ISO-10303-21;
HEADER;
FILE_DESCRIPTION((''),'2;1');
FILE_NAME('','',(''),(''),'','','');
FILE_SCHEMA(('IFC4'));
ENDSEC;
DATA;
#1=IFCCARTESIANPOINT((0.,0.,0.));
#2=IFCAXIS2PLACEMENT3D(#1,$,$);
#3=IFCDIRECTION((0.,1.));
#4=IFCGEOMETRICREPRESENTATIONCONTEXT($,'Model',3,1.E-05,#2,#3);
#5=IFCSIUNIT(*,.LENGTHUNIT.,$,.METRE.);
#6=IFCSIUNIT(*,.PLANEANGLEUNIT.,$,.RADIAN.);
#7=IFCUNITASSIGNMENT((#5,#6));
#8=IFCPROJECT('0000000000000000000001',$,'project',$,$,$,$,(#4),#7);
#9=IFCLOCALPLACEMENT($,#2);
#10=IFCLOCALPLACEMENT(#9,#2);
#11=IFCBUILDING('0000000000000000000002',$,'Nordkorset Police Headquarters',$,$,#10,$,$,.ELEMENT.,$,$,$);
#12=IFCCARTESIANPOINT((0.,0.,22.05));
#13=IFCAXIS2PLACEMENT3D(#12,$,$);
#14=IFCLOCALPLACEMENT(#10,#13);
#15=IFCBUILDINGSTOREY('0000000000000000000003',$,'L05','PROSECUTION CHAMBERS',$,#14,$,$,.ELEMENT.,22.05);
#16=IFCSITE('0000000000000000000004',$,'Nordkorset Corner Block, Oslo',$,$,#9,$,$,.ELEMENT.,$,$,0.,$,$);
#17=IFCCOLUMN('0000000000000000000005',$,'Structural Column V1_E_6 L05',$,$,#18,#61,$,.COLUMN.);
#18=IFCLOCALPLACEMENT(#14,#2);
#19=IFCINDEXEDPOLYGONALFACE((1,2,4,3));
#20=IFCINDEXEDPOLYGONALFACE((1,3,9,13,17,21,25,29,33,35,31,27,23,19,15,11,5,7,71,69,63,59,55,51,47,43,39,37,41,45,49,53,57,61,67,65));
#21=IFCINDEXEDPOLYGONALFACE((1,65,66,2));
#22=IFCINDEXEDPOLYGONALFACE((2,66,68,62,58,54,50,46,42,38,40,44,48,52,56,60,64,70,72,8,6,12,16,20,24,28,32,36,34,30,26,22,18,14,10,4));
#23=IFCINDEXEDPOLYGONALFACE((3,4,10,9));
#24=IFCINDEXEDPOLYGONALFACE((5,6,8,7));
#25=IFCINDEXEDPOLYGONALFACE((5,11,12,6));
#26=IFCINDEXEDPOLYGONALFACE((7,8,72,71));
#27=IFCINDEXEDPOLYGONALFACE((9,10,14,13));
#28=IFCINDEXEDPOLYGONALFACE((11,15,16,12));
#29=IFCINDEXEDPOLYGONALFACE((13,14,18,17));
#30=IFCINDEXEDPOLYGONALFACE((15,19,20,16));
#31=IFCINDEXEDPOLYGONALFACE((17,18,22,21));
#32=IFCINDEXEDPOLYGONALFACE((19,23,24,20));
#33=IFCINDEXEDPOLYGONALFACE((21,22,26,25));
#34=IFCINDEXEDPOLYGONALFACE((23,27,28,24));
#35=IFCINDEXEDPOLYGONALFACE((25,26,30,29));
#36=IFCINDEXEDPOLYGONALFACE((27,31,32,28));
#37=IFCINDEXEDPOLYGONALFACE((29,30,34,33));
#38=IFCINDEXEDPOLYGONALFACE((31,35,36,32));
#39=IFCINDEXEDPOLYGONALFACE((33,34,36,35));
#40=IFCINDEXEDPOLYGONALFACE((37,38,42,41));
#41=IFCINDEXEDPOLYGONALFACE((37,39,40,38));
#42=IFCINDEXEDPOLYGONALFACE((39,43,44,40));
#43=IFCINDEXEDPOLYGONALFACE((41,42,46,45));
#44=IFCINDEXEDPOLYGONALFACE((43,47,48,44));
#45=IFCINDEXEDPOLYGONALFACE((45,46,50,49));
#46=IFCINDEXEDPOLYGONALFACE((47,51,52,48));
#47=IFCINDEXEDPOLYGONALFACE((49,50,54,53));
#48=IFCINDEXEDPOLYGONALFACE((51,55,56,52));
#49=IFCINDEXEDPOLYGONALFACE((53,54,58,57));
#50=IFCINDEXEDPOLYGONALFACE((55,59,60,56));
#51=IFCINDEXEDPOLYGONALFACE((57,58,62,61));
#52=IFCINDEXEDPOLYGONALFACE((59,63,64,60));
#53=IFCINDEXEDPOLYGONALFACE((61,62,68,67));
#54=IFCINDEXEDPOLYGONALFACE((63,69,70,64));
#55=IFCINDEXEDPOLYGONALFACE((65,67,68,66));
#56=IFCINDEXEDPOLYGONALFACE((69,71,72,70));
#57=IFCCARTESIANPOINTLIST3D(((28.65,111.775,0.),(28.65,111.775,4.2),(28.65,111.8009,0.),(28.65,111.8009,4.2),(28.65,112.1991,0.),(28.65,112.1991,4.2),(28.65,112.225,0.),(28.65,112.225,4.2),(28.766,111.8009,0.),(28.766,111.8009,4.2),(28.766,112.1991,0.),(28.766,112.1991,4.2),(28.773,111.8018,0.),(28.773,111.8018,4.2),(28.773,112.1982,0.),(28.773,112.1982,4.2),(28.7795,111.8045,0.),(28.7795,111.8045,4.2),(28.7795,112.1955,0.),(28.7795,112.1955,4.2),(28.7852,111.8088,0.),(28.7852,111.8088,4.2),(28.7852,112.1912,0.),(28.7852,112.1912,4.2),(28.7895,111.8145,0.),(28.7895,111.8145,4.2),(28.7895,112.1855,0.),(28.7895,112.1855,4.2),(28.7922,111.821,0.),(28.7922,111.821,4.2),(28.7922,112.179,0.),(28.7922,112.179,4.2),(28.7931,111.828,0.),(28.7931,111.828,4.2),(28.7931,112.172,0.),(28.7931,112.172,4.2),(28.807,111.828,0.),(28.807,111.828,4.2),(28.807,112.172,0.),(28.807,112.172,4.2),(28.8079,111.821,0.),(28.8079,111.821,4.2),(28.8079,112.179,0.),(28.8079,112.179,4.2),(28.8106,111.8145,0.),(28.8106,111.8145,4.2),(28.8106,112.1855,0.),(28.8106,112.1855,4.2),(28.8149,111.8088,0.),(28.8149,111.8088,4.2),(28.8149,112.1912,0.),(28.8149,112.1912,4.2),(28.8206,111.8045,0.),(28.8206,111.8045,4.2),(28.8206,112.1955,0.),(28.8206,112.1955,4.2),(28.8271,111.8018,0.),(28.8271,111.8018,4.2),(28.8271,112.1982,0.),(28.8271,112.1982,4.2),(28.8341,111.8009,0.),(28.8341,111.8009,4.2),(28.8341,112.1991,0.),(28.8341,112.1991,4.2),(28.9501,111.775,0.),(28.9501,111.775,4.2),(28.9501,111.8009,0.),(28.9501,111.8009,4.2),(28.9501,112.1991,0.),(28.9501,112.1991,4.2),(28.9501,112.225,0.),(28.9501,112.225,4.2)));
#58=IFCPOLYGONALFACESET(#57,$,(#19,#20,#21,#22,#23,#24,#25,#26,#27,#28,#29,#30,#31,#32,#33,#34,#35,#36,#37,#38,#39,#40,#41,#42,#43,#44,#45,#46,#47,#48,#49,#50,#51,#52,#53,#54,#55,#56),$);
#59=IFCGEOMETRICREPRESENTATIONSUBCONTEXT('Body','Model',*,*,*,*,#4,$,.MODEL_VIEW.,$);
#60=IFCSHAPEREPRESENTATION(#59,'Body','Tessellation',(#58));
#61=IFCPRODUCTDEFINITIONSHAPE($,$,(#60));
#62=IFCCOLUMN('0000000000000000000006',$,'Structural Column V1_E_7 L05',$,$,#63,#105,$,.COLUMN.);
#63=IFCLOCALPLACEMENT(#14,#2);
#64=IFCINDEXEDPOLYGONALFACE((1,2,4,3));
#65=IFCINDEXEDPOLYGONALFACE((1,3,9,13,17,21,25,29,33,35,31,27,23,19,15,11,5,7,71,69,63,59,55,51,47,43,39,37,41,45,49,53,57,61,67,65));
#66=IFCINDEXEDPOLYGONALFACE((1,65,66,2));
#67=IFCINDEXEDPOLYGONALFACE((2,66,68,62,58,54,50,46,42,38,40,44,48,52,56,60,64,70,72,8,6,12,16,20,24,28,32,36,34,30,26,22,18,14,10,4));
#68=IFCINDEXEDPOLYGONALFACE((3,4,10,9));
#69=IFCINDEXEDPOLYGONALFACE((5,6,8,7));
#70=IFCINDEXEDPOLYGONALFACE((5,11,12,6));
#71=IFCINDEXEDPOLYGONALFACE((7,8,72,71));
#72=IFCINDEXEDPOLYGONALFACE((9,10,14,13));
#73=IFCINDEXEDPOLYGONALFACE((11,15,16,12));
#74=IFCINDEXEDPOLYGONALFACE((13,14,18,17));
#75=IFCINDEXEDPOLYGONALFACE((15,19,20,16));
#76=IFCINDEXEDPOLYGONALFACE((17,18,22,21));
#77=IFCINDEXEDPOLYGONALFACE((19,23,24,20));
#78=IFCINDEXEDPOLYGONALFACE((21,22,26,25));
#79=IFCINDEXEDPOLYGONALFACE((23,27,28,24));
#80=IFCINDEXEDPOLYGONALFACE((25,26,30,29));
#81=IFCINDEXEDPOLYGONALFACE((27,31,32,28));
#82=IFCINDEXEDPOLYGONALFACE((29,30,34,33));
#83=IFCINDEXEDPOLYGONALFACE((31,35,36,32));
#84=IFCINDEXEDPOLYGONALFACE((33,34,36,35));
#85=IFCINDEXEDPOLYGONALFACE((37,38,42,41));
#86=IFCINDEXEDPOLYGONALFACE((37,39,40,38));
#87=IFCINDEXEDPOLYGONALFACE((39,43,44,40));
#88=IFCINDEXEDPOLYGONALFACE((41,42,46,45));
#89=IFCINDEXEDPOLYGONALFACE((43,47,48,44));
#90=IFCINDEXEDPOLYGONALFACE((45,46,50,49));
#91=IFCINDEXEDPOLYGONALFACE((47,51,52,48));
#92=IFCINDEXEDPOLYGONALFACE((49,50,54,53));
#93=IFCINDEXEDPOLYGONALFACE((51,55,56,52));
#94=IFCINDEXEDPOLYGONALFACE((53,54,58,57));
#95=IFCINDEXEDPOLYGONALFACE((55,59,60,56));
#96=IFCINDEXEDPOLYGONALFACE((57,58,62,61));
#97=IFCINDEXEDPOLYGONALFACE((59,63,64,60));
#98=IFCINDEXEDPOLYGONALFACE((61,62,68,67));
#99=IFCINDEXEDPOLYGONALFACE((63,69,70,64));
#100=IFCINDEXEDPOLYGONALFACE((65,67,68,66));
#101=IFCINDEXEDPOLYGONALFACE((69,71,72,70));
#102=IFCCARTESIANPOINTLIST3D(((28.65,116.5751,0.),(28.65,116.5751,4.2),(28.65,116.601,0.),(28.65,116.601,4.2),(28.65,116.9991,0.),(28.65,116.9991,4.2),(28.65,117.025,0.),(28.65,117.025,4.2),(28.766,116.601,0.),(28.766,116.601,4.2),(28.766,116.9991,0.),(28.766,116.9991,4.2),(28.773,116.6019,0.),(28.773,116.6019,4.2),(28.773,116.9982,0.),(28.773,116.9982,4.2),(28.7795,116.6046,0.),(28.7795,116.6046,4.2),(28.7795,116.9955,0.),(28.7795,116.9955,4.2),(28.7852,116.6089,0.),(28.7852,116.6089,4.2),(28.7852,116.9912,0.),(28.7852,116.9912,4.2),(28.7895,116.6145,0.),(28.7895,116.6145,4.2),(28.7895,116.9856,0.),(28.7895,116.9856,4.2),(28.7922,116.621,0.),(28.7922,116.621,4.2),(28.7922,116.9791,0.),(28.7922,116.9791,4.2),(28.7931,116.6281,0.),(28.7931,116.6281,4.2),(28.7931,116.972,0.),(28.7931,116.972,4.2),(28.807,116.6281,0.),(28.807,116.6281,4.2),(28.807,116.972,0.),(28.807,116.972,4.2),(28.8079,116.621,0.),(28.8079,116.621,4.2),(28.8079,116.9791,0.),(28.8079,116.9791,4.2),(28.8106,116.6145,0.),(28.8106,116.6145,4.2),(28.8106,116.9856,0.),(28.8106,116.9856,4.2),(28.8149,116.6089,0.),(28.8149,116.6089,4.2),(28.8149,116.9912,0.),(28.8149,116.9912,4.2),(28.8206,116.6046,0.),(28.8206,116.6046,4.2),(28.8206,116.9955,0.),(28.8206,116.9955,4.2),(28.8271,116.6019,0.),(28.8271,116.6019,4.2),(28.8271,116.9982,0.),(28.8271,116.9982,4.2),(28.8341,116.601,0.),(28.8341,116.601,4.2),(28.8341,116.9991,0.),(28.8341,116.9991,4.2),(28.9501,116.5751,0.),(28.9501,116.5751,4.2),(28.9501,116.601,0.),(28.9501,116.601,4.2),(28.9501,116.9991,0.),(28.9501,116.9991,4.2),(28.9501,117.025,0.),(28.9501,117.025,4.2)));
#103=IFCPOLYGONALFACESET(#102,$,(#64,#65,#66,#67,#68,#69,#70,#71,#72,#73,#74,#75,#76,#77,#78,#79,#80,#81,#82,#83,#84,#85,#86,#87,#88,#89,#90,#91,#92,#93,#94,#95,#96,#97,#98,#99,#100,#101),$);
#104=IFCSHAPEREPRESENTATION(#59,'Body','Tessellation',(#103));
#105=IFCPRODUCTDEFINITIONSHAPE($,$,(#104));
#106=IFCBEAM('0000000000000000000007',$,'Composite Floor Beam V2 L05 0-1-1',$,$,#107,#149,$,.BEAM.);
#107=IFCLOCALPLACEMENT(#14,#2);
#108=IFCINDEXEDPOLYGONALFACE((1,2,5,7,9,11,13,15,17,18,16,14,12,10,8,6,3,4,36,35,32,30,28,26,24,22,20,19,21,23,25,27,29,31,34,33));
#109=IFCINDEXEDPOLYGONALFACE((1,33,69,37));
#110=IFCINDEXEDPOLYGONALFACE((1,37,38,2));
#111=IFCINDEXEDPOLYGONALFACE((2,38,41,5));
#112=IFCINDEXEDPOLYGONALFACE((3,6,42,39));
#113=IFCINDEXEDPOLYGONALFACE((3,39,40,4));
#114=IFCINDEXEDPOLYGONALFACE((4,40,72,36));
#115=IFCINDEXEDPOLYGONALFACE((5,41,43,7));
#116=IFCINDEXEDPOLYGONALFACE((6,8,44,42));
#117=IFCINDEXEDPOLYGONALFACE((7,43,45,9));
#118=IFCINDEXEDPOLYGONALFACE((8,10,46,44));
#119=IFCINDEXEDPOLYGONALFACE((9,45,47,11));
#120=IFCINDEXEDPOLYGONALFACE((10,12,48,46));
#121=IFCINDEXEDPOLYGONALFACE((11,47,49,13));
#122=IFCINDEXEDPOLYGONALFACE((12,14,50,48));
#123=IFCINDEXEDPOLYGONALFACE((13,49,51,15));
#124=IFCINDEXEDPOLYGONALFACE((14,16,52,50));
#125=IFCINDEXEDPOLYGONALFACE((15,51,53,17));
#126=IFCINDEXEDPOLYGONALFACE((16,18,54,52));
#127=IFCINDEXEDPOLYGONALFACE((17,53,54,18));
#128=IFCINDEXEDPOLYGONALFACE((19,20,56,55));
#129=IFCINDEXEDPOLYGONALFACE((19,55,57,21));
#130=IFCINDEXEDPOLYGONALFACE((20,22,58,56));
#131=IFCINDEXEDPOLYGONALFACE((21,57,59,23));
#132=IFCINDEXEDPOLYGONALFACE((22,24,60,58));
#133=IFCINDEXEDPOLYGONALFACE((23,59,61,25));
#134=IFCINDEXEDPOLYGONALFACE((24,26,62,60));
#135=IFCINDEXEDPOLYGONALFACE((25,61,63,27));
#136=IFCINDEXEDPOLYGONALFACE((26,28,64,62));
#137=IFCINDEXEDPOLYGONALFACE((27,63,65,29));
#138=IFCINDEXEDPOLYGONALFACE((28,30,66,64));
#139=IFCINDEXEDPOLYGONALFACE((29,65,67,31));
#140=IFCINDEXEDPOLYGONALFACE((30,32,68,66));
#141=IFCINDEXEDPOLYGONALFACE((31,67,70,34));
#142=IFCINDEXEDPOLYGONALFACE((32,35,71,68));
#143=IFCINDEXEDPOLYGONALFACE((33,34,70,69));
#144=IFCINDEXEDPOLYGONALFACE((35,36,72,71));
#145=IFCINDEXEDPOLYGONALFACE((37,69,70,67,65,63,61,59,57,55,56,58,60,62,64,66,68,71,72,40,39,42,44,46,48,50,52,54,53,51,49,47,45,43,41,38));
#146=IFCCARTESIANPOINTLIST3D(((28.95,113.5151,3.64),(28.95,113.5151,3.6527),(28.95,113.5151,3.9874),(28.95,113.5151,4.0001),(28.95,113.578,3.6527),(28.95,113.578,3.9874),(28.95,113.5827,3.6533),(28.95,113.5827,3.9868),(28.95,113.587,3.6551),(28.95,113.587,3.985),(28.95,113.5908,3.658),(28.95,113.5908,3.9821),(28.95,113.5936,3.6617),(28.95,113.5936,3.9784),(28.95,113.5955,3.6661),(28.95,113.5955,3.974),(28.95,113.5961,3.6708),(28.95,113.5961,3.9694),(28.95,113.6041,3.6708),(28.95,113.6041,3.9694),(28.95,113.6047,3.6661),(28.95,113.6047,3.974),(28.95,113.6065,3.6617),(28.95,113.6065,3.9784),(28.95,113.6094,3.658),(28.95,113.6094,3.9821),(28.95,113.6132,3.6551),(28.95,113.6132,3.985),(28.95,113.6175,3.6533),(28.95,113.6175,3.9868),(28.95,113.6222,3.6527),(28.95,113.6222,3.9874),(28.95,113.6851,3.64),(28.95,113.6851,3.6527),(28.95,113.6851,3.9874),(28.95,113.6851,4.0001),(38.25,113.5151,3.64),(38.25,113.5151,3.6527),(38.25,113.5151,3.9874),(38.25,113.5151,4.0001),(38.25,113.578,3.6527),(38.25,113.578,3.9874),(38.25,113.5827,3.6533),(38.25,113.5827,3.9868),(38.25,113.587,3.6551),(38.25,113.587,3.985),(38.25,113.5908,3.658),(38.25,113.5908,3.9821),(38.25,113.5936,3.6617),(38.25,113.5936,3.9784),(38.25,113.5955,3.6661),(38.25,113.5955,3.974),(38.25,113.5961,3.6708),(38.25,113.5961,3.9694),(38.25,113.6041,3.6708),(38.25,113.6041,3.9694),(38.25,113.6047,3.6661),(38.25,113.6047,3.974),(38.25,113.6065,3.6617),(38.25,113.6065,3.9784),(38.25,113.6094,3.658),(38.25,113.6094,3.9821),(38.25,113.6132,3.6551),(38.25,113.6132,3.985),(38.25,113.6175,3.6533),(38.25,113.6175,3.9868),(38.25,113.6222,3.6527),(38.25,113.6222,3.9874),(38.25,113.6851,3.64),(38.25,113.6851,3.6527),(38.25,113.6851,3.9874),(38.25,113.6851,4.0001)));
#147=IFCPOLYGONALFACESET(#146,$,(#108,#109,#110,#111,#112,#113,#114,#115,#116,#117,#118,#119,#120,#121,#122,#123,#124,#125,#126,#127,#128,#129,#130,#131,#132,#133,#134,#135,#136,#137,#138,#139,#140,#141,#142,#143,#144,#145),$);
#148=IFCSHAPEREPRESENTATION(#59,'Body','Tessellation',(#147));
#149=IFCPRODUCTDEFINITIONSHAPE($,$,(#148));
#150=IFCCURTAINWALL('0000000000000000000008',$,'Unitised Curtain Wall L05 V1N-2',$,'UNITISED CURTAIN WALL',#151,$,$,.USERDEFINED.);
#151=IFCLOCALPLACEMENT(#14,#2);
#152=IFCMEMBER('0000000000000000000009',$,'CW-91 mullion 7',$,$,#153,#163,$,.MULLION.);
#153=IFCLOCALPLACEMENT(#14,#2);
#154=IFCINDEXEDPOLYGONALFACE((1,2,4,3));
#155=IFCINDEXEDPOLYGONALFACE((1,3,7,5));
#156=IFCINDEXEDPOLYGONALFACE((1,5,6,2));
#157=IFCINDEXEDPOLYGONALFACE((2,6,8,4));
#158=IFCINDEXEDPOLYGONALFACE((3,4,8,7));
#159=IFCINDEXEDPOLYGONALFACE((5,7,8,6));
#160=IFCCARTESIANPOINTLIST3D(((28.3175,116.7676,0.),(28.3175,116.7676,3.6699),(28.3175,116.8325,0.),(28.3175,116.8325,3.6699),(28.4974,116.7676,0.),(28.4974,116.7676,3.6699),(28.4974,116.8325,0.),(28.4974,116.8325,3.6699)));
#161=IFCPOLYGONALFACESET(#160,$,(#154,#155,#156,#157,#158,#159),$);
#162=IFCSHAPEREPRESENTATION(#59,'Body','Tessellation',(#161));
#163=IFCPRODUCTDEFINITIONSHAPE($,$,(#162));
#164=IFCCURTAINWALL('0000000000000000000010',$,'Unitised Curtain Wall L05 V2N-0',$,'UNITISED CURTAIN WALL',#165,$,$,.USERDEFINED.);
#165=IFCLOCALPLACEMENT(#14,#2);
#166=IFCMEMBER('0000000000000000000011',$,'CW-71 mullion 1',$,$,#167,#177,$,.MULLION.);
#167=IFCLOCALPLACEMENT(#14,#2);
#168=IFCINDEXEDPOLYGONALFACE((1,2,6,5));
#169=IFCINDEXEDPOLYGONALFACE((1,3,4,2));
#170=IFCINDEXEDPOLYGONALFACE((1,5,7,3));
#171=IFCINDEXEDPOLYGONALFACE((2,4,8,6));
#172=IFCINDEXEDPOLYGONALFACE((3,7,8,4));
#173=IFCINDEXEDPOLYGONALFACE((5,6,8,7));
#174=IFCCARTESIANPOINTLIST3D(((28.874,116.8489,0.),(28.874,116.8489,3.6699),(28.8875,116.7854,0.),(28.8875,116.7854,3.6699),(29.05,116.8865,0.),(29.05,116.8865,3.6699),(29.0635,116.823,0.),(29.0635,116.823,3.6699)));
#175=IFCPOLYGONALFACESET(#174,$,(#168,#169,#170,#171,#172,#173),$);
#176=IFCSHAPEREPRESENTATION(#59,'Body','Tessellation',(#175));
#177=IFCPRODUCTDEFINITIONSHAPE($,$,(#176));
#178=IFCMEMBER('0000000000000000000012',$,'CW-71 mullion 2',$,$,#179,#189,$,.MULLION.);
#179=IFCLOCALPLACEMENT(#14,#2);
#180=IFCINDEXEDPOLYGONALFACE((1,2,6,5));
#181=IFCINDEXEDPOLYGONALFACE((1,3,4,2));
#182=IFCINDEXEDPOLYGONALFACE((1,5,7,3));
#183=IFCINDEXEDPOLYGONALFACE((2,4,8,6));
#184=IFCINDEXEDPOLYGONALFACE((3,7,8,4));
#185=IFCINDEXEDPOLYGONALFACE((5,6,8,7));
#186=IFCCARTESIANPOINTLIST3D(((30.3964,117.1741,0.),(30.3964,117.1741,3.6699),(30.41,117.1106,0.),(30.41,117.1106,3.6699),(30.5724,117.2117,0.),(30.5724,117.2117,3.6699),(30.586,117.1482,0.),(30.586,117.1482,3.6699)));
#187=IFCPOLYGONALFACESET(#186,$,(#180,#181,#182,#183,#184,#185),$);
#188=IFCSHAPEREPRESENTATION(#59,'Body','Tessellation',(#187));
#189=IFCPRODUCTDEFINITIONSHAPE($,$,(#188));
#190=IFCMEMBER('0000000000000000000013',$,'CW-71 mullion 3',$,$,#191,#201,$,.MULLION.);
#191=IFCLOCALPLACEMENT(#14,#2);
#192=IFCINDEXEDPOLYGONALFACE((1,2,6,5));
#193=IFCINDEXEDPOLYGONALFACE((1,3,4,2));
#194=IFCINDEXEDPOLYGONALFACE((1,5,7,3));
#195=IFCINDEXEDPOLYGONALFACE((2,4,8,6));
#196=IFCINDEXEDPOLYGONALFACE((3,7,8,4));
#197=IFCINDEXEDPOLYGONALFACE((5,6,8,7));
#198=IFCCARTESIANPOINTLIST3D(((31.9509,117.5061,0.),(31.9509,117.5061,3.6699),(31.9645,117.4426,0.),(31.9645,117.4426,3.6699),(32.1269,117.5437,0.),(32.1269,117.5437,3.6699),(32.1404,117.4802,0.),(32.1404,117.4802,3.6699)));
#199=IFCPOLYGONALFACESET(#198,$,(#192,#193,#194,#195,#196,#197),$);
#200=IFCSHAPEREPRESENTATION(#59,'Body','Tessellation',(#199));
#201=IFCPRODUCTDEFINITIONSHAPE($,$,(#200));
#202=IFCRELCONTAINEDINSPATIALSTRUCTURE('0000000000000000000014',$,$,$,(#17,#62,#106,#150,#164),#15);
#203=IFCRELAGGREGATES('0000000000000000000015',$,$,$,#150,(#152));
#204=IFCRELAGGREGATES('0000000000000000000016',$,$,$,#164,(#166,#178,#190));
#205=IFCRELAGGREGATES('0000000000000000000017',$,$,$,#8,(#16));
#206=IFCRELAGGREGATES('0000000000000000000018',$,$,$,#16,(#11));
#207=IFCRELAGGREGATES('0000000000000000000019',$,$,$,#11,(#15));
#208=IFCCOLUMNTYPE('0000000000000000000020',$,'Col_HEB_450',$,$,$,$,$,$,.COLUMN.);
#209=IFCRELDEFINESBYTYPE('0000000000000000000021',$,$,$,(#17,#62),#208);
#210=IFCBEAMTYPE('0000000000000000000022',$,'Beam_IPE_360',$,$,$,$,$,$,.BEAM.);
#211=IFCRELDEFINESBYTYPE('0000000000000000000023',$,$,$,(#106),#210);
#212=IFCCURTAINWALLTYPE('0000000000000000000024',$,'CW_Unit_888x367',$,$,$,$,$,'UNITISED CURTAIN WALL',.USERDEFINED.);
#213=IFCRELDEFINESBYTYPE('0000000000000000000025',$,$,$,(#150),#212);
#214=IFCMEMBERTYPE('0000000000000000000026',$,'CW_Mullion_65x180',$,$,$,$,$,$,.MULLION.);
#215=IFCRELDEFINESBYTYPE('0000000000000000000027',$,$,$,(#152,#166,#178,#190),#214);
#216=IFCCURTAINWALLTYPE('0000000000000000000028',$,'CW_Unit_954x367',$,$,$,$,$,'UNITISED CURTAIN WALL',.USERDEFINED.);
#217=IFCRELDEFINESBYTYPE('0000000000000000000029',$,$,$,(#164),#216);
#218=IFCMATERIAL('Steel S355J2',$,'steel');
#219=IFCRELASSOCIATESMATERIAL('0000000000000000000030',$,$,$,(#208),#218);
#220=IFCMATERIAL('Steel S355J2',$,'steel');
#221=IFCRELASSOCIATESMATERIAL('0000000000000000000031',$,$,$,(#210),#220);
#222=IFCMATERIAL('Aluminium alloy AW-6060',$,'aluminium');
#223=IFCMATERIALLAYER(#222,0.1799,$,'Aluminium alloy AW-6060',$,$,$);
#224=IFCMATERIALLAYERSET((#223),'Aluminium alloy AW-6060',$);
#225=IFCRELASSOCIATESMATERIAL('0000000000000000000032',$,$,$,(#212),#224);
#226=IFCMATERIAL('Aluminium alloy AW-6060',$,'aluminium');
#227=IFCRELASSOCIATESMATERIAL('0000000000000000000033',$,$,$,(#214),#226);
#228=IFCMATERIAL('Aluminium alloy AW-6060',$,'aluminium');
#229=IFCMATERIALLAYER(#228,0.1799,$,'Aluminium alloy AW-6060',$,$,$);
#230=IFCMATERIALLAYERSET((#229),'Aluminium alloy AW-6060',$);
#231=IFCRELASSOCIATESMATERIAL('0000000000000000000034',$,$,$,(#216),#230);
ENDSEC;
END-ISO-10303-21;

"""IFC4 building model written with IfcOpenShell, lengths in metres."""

from ifc_helpers import new_model, si_unit, direction, frame, origin, origin_2d, place, context, subcontext, project, spatial, rectangle, i_section, extrude, material, layer, layer_set, material_profile, profile_set, type_object, element, aggregate, save


model = new_model("IFC4")

# Units and contexts
model_context = context("Model", 3, precision=1e-05, world=origin(), true_north=direction((0.0, 1.0)))
body_context = subcontext(model_context, "Body", "Model", "MODEL_VIEW")
ifc_project = project(units=[si_unit("LENGTHUNIT", "METRE"), si_unit("PLANEANGLEUNIT", "RADIAN")], contexts=[model_context])

# Site, building, storey
site_placement = place(None, origin())
site = spatial("IfcSite", under=ifc_project, at=site_placement, Name="Nordkorset Corner Block, Oslo", CompositionType="ELEMENT", RefElevation=0.0)
building_placement = place(site_placement, origin())
building = spatial("IfcBuilding", under=site, at=building_placement, Name="Nordkorset Police Headquarters", CompositionType="ELEMENT")
storey_placement = place(building_placement, frame((0.0, 0.0, 22.05)))
storey = spatial("IfcBuildingStorey", under=building, at=storey_placement, Name="L05", Description="PROSECUTION CHAMBERS", CompositionType="ELEMENT", Elevation=22.05)

# Columns
ifc_material_1 = material(Name="Steel S355J2", Category="steel")
ifc_material_profile_1 = material_profile(ifc_material_1, i_section(OverallWidth=0.3, OverallDepth=0.45, WebThickness=0.0139, FlangeThickness=0.0259, FilletRadius=0.0271, at=origin_2d()), Name="HEB 450")
ifc_profile_set_1 = profile_set([ifc_material_profile_1], Name="Steel S355J2")
column_type = type_object("IfcColumnType", Name="Col_HEB_450", PredefinedType="COLUMN", material=ifc_profile_set_1)
for number, where, z_axis, x_axis, name in (
    (1, (28.8, 112.0, 0.0), (0.0, 0.0, 1.0), (1.0, 0.0, 0.0), "Structural Column V1_E_6 L05"),
    (2, (28.8, 116.8, 0.0), (0.0, 0.0, 1.0), (1.0, 0.0, 0.0), "Structural Column V1_E_7 L05"),
):
    element("IfcColumn", number, at=place(storey_placement, frame(where, z_axis=z_axis, x_axis=x_axis)), inside=storey, type_object=column_type, Name=name, PredefinedType="COLUMN", context=body_context, shape_type="SweptSolid", body=[
        extrude(i_section(OverallWidth=0.3, OverallDepth=0.45, WebThickness=0.0139, FlangeThickness=0.0259, FilletRadius=0.0271, at=origin_2d()), origin(), (0.0, 0.0, 1.0), 4.2),
    ])

# Beam
ifc_material_2 = material(Name="Steel S355J2", Category="steel")
ifc_material_profile_2 = material_profile(ifc_material_2, i_section(OverallWidth=0.1699, OverallDepth=0.3601, WebThickness=0.0081, FlangeThickness=0.0127, FilletRadius=0.0181, at=origin_2d()), Name="IPE 360")
ifc_profile_set_2 = profile_set([ifc_material_profile_2], Name="Steel S355J2")
beam_type_1 = type_object("IfcBeamType", Name="Beam_IPE_360", PredefinedType="BEAM", material=ifc_profile_set_2)
beam_1_placement = place(storey_placement, frame((28.95, 113.6001, 3.8201), z_axis=(1.0, 0.0, 0.0), x_axis=(0.0, 1.0, 0.0)))
element("IfcBeam", 3, at=beam_1_placement, inside=storey, type_object=beam_type_1, Name="Composite Floor Beam V2 L05 0-1-1", PredefinedType="BEAM", context=body_context, shape_type="SweptSolid", body=[
    extrude(i_section(OverallWidth=0.1699, OverallDepth=0.3601, WebThickness=0.0081, FlangeThickness=0.0127, FilletRadius=0.0181, at=origin_2d()), origin(), (0.0, 0.0, 1.0), 9.3),
])

# Curtain wall, member
ifc_material_3 = material(Name="Aluminium alloy AW-6060", Category="aluminium")
ifc_layer_1 = layer(ifc_material_3, 0.1799, Name="Aluminium alloy AW-6060")
ifc_layer_set_1 = layer_set([ifc_layer_1], Name="Aluminium alloy AW-6060")
curtain_wall_type_1 = type_object("IfcCurtainWallType", Name="CW_Unit_888x367", ElementType="UNITISED CURTAIN WALL", PredefinedType="USERDEFINED", material=ifc_layer_set_1)
curtain_wall_1_placement = place(storey_placement, origin())
curtain_wall_1 = element("IfcCurtainWall", 4, at=curtain_wall_1_placement, inside=storey, type_object=curtain_wall_type_1, Name="Unitised Curtain Wall L05 V1N-2", ObjectType="UNITISED CURTAIN WALL", PredefinedType="USERDEFINED")
ifc_material_4 = material(Name="Aluminium alloy AW-6060", Category="aluminium")
ifc_material_profile_3 = material_profile(ifc_material_4, rectangle(XDim=0.0649, YDim=0.1799, at=origin_2d()), Name="ALU MULL 65x180")
ifc_profile_set_3 = profile_set([ifc_material_profile_3], Name="Aluminium alloy AW-6060")
member_type_1 = type_object("IfcMemberType", Name="CW_Mullion_65x180", PredefinedType="MULLION", material=ifc_profile_set_3)
member_1_placement = place(storey_placement, frame((28.4075, 116.8, 0.0), z_axis=(0.0, 0.0, 1.0), x_axis=(0.0, 1.0, 0.0)))
member_1 = element("IfcMember", 5, at=member_1_placement, type_object=member_type_1, Name="CW-91 mullion 7", PredefinedType="MULLION", context=body_context, shape_type="SweptSolid", body=[
    extrude(rectangle(XDim=0.0649, YDim=0.1799, at=origin_2d()), origin(), (0.0, 0.0, 1.0), 3.6699),
])

# Curtain wall, members
ifc_material_5 = material(Name="Aluminium alloy AW-6060", Category="aluminium")
ifc_layer_2 = layer(ifc_material_5, 0.1799, Name="Aluminium alloy AW-6060")
ifc_layer_set_2 = layer_set([ifc_layer_2], Name="Aluminium alloy AW-6060")
curtain_wall_type_2 = type_object("IfcCurtainWallType", Name="CW_Unit_954x367", ElementType="UNITISED CURTAIN WALL", PredefinedType="USERDEFINED", material=ifc_layer_set_2)
curtain_wall_2_placement = place(storey_placement, origin())
curtain_wall_2 = element("IfcCurtainWall", 6, at=curtain_wall_2_placement, inside=storey, type_object=curtain_wall_type_2, Name="Unitised Curtain Wall L05 V2N-0", ObjectType="UNITISED CURTAIN WALL", PredefinedType="USERDEFINED")
member_2_placement = place(storey_placement, frame((28.9688, 116.8359, 0.0), z_axis=(0.0, 0.0, 1.0), x_axis=(-0.208833, 0.977951, 0.0)))
member_2 = element("IfcMember", 7, at=member_2_placement, type_object=member_type_1, Name="CW-71 mullion 1", PredefinedType="MULLION", context=body_context, shape_type="SweptSolid", body=[
    extrude(rectangle(XDim=0.0649, YDim=0.1799, at=origin_2d()), origin(), (0.0, 0.0, 1.0), 3.6699),
])
member_3_placement = place(storey_placement, frame((30.4912, 117.1611, 0.0), z_axis=(0.0, 0.0, 1.0), x_axis=(-0.208833, 0.977951, 0.0)))
member_3 = element("IfcMember", 8, at=member_3_placement, type_object=member_type_1, Name="CW-71 mullion 2", PredefinedType="MULLION", context=body_context, shape_type="SweptSolid", body=[
    extrude(rectangle(XDim=0.0649, YDim=0.1799, at=origin_2d()), origin(), (0.0, 0.0, 1.0), 3.6699),
])
member_4_placement = place(storey_placement, frame((32.0457, 117.4932, 0.0), z_axis=(0.0, 0.0, 1.0), x_axis=(-0.208833, 0.977951, 0.0)))
member_4 = element("IfcMember", 9, at=member_4_placement, type_object=member_type_1, Name="CW-71 mullion 3", PredefinedType="MULLION", context=body_context, shape_type="SweptSolid", body=[
    extrude(rectangle(XDim=0.0649, YDim=0.1799, at=origin_2d()), origin(), (0.0, 0.0, 1.0), 3.6699),
])

aggregate(curtain_wall_1, [member_1])
aggregate(curtain_wall_2, [member_2, member_3, member_4])

save(model, "model.ifc")
